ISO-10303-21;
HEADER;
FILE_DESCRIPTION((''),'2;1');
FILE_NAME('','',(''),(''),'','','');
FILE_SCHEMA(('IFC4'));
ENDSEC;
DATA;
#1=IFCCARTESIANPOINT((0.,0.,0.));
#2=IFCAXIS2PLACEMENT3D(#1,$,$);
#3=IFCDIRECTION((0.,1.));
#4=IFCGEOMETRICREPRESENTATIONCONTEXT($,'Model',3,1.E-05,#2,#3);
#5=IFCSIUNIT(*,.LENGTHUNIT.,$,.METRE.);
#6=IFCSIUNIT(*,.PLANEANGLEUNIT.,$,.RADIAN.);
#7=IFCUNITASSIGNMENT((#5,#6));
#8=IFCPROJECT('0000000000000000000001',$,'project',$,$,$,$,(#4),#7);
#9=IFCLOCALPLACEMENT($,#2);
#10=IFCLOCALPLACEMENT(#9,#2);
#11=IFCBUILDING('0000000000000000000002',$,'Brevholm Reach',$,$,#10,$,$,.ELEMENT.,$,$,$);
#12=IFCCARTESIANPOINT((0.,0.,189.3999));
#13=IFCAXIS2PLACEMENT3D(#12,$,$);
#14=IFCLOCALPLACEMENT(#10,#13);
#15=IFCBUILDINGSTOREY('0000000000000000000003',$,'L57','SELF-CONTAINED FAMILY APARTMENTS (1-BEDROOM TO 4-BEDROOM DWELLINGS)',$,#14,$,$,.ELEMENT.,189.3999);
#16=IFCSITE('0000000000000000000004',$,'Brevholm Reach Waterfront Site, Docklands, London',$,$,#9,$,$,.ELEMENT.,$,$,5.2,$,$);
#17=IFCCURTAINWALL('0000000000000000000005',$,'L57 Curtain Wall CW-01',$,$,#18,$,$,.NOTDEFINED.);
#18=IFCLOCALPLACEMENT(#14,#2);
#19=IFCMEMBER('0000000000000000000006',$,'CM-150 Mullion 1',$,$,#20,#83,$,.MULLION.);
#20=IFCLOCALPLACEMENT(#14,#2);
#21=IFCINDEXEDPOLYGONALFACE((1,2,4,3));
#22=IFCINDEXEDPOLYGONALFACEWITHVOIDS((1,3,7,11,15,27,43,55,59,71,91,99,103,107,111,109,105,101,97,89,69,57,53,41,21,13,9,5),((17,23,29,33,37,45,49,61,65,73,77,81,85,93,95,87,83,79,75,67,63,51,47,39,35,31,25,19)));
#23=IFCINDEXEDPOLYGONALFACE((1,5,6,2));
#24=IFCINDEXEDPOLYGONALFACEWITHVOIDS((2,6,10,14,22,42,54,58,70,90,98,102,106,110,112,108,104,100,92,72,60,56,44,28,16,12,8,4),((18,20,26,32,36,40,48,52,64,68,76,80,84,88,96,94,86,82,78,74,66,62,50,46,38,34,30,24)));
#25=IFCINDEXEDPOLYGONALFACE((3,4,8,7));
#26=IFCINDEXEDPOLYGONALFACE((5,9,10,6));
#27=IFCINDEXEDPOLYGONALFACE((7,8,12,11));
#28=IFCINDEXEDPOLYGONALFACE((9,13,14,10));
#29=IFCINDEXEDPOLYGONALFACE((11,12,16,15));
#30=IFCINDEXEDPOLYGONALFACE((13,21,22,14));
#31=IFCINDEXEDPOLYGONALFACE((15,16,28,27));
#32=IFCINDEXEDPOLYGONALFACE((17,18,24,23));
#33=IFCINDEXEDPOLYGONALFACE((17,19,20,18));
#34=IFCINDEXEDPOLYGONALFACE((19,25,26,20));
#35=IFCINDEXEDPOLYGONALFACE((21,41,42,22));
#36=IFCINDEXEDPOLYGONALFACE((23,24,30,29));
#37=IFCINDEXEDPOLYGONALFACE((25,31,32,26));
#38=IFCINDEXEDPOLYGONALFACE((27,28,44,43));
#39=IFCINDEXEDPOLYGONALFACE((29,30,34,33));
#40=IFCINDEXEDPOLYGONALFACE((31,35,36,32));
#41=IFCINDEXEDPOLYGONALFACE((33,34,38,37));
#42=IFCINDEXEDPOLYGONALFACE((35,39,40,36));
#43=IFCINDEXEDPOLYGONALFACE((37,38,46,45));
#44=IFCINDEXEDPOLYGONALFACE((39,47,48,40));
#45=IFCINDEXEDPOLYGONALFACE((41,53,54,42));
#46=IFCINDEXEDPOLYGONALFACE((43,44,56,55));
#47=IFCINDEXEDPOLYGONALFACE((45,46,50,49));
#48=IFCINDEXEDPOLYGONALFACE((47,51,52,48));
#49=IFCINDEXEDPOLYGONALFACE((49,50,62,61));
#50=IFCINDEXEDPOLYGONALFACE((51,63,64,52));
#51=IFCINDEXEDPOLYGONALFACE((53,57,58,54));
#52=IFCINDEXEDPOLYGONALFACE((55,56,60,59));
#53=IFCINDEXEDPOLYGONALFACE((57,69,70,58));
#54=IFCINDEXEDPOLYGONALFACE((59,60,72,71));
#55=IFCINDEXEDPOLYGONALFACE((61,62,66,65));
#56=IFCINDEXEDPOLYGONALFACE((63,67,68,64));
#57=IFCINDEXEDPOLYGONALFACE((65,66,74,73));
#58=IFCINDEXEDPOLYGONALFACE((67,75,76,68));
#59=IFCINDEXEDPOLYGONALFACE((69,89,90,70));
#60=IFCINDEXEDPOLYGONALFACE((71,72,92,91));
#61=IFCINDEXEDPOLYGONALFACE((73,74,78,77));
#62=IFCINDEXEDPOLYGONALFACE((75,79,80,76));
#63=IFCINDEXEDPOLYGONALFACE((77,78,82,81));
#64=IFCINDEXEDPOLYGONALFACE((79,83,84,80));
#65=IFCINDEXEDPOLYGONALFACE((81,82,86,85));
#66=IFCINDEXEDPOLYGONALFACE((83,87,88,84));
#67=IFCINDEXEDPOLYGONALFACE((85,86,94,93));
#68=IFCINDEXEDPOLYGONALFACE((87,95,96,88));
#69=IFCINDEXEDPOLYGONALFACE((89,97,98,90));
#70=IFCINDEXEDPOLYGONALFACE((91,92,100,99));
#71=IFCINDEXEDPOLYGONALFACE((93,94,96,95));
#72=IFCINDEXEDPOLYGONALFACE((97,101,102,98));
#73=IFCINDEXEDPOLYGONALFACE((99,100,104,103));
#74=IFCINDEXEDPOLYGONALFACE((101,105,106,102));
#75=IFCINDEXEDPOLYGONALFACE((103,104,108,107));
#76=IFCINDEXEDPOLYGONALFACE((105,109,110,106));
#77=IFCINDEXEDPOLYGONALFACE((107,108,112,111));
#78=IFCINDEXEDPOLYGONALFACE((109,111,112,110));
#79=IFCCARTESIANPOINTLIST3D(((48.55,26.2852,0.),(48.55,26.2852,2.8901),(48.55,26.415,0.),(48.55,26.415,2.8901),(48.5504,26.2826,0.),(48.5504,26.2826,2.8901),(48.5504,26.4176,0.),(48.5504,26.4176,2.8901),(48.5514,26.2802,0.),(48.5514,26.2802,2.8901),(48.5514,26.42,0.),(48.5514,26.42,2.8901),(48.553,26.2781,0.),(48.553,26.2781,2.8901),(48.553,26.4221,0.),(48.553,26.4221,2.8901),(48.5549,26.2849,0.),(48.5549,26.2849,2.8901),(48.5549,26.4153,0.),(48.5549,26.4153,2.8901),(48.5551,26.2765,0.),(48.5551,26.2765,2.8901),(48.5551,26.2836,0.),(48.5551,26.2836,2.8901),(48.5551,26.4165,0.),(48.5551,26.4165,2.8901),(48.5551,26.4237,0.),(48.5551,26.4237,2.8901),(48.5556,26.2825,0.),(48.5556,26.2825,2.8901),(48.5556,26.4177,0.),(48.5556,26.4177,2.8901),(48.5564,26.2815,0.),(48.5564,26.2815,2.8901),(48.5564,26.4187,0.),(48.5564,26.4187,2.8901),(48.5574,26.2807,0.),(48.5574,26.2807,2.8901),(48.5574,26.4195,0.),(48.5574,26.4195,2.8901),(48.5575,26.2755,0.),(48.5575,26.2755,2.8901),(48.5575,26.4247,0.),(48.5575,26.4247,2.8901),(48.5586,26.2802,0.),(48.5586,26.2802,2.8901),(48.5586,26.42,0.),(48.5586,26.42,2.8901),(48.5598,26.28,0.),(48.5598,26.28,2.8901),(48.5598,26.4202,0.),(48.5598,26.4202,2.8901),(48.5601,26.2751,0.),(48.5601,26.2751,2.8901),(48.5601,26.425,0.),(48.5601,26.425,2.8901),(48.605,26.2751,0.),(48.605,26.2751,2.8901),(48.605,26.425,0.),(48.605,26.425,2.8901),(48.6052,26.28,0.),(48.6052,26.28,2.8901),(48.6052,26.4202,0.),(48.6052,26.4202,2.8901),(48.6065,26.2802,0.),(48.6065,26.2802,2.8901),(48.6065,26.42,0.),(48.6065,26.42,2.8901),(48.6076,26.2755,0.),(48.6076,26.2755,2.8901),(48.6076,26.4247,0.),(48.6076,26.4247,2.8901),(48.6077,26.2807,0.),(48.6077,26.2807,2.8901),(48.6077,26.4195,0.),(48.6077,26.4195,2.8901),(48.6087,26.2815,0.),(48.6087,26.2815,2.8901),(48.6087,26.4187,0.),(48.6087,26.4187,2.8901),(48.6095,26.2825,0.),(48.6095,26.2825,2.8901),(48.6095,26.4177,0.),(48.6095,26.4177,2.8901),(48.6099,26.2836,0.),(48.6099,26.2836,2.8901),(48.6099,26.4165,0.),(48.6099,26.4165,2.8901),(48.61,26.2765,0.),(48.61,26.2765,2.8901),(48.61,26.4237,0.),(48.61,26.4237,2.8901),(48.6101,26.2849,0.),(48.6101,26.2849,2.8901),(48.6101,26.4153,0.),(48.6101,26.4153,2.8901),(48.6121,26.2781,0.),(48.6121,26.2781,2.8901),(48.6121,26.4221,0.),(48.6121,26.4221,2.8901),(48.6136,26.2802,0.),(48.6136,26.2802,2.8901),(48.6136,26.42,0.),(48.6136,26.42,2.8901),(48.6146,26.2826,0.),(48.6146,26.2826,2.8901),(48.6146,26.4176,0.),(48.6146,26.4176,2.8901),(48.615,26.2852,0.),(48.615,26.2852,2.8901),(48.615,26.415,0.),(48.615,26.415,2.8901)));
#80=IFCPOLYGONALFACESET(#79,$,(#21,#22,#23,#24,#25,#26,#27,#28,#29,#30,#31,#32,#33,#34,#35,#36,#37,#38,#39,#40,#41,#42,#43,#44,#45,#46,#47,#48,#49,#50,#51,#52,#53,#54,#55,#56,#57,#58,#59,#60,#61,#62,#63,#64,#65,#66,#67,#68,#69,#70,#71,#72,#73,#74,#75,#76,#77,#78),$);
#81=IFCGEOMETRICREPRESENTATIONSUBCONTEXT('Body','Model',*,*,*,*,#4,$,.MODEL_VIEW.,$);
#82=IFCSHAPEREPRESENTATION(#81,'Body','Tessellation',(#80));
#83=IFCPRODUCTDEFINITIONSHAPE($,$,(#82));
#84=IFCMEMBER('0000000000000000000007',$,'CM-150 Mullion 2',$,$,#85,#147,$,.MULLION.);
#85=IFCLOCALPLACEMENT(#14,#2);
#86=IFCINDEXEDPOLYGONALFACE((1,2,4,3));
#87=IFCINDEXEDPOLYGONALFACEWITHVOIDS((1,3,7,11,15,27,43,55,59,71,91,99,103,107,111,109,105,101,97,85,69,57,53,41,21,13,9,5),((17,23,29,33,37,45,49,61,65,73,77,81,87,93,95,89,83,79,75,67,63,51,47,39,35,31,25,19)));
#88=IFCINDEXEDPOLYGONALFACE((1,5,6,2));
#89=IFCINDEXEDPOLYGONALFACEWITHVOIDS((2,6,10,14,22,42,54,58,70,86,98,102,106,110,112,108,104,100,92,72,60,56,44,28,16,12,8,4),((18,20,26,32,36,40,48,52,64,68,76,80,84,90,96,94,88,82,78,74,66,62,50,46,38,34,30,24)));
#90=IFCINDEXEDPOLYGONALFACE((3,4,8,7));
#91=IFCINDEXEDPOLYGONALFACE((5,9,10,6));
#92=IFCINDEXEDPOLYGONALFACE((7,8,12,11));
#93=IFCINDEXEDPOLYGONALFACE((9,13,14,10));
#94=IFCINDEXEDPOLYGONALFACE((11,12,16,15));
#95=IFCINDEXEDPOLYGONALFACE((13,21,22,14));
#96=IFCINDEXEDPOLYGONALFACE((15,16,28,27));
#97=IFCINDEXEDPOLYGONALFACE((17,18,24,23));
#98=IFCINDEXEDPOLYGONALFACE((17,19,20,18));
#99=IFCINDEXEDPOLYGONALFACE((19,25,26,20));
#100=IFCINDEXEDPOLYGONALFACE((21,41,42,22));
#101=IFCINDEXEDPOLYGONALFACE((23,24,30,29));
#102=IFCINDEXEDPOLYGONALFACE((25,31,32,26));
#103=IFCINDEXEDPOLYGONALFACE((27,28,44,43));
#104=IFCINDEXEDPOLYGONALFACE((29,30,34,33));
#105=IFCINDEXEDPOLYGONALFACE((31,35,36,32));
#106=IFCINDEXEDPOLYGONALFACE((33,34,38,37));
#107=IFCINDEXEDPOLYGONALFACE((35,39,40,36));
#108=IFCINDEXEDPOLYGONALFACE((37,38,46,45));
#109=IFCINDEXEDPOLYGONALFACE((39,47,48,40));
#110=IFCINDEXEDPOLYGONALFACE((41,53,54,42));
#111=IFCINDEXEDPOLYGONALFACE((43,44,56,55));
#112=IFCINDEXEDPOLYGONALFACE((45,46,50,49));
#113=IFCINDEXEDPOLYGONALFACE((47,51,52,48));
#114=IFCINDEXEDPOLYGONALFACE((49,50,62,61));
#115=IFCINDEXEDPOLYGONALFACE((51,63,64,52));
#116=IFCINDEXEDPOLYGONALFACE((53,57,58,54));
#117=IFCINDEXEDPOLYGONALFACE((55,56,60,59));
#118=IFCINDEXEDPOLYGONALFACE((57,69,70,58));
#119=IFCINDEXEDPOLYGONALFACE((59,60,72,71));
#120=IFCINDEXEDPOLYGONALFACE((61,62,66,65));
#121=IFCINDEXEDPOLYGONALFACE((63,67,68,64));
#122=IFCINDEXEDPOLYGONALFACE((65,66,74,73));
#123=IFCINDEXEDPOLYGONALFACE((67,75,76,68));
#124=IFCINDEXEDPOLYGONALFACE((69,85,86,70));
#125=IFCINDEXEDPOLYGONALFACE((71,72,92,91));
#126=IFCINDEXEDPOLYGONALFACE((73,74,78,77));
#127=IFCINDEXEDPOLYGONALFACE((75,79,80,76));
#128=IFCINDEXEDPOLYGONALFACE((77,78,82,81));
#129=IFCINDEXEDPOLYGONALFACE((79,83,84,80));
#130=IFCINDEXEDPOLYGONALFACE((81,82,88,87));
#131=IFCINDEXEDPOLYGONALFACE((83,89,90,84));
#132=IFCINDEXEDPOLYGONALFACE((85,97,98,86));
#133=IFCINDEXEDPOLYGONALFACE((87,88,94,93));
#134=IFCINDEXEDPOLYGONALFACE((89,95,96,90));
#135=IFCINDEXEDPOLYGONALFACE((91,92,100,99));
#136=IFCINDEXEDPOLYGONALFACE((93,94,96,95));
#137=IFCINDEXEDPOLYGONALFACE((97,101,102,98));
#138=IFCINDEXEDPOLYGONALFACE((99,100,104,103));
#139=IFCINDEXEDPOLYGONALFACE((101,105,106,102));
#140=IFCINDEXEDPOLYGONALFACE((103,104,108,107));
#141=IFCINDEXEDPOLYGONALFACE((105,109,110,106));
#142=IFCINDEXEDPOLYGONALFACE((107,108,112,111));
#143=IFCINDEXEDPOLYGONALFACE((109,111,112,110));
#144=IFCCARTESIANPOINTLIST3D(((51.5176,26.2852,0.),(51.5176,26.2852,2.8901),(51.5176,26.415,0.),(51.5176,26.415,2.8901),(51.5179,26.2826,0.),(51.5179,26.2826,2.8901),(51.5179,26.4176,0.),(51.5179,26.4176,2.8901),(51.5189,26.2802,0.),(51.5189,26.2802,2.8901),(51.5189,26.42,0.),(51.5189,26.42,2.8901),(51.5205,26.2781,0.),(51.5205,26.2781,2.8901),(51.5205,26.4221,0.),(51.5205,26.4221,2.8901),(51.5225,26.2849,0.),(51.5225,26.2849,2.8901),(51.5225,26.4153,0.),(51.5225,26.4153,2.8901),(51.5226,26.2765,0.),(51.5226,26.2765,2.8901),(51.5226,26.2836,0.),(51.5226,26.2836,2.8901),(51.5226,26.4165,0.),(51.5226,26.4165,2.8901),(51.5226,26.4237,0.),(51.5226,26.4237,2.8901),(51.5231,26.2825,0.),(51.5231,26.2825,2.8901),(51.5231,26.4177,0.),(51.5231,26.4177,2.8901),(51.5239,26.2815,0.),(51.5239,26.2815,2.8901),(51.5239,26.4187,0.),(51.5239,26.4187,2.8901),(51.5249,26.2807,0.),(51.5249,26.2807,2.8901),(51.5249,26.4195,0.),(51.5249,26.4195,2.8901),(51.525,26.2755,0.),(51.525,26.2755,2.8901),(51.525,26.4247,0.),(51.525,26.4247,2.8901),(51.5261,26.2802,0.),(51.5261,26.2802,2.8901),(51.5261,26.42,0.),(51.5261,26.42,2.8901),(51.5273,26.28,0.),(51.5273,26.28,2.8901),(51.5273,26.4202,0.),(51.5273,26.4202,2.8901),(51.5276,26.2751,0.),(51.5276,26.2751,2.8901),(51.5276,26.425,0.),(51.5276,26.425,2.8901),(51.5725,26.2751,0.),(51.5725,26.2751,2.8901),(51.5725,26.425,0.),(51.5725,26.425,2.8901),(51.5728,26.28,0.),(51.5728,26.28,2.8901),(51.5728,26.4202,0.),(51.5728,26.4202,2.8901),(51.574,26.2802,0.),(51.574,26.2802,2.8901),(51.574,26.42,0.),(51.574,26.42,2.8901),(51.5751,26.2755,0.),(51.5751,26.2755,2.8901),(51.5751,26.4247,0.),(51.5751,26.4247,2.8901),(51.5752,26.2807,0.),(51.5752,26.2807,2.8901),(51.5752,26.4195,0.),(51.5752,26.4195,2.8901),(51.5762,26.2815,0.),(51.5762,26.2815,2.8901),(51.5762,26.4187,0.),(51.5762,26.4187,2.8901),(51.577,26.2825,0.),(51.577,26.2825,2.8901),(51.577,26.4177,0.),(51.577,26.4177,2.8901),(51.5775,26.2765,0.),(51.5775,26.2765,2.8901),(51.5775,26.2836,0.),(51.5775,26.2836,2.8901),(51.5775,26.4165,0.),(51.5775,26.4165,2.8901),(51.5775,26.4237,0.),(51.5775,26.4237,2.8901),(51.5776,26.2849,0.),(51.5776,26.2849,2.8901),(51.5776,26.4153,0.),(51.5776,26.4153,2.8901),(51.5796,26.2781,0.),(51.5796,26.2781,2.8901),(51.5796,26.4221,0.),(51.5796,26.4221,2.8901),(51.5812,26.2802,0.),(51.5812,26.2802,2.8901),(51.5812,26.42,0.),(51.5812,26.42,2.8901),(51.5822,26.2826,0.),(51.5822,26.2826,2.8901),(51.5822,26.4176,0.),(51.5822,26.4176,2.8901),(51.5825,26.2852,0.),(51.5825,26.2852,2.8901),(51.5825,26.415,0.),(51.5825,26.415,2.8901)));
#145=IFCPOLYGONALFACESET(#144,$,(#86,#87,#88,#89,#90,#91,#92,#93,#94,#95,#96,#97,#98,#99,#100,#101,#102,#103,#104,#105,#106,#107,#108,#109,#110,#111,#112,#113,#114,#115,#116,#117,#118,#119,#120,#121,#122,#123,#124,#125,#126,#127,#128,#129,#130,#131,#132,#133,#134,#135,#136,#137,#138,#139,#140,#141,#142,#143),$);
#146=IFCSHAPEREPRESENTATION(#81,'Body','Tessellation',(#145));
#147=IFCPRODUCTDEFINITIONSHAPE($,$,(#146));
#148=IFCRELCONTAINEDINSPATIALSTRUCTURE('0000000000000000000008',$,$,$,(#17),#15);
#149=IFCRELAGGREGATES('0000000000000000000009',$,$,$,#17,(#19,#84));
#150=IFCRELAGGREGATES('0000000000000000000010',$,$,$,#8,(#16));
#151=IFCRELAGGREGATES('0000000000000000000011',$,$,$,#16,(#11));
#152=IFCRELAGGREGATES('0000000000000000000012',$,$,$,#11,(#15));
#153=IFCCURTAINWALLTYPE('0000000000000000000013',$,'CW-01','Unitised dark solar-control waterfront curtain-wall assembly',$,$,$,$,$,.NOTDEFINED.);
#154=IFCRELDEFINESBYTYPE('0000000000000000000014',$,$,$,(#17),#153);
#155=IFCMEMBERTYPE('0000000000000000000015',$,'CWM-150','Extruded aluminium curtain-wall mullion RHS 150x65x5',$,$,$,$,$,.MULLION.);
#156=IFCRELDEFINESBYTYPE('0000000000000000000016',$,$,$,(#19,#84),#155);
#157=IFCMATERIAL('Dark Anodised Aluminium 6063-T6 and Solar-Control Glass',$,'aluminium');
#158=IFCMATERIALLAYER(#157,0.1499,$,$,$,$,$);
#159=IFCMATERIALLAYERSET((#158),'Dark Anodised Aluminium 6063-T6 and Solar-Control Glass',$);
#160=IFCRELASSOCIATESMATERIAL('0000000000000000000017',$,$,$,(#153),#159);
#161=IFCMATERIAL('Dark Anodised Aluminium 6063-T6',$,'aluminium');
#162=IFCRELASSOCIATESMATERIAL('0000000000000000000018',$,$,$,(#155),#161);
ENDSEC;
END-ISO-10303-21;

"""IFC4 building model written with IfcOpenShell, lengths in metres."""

from ifc_helpers import new_model, si_unit, direction, frame, origin, origin_2d, place, context, subcontext, project, spatial, hollow_rectangle, extrude, material, layer, layer_set, material_profile, profile_set, type_object, element, aggregate, save


model = new_model("IFC4")

# Units and contexts
model_context = context("Model", 3, precision=1e-05, world=origin(), true_north=direction((0.0, 1.0)))
body_context = subcontext(model_context, "Body", "Model", "MODEL_VIEW")
ifc_project = project(units=[si_unit("LENGTHUNIT", "METRE"), si_unit("PLANEANGLEUNIT", "RADIAN")], contexts=[model_context])

# Site, building, storey
site_placement = place(None, origin())
site = spatial("IfcSite", under=ifc_project, at=site_placement, Name="Brevholm Reach Waterfront Site, Docklands, London", CompositionType="ELEMENT", RefElevation=5.2)
building_placement = place(site_placement, origin())
building = spatial("IfcBuilding", under=site, at=building_placement, Name="Brevholm Reach", CompositionType="ELEMENT")
storey_placement = place(building_placement, frame((0.0, 0.0, 189.3999)))
storey = spatial("IfcBuildingStorey", under=building, at=storey_placement, Name="L57", Description="SELF-CONTAINED FAMILY APARTMENTS (1-BEDROOM TO 4-BEDROOM DWELLINGS)", CompositionType="ELEMENT", Elevation=189.3999)

# Curtain wall, members
ifc_material_1 = material(Name="Dark Anodised Aluminium 6063-T6 and Solar-Control Glass", Category="aluminium")
ifc_layer_1 = layer(ifc_material_1, 0.1499)
ifc_layer_set_1 = layer_set([ifc_layer_1], Name="Dark Anodised Aluminium 6063-T6 and Solar-Control Glass")
curtain_wall_type = type_object("IfcCurtainWallType", Name="CW-01", Description="Unitised dark solar-control waterfront curtain-wall assembly", PredefinedType="NOTDEFINED", material=ifc_layer_set_1)
curtain_wall_placement = place(storey_placement, origin())
curtain_wall = element("IfcCurtainWall", 1, at=curtain_wall_placement, inside=storey, type_object=curtain_wall_type, Name="L57 Curtain Wall CW-01", PredefinedType="NOTDEFINED")
ifc_material_2 = material(Name="Dark Anodised Aluminium 6063-T6", Category="aluminium")
ifc_material_profile_1 = material_profile(ifc_material_2, hollow_rectangle(XDim=0.0649, YDim=0.1499, WallThickness=0.0049, InnerFilletRadius=0.0049, OuterFilletRadius=0.01, at=origin_2d()), Name="RHS 150x65x5")
ifc_profile_set_1 = profile_set([ifc_material_profile_1], Name="Dark Anodised Aluminium 6063-T6")
member_type_1 = type_object("IfcMemberType", Name="CWM-150", Description="Extruded aluminium curtain-wall mullion RHS 150x65x5", PredefinedType="MULLION", material=ifc_profile_set_1)
member_1_placement = place(storey_placement, frame((48.5825, 26.3501, 0.0), z_axis=(0.0, 0.0, 1.0), x_axis=(1.0, 0.0, 0.0)))
member_1 = element("IfcMember", 2, at=member_1_placement, type_object=member_type_1, Name="CM-150 Mullion 1", PredefinedType="MULLION", context=body_context, shape_type="SweptSolid", body=[
    extrude(hollow_rectangle(XDim=0.0649, YDim=0.1499, WallThickness=0.0049, InnerFilletRadius=0.0049, OuterFilletRadius=0.01, at=origin_2d()), origin(), (0.0, 0.0, 1.0), 2.8901),
])
member_2_placement = place(storey_placement, frame((51.55, 26.3501, 0.0), z_axis=(0.0, 0.0, 1.0), x_axis=(1.0, 0.0, 0.0)))
member_2 = element("IfcMember", 3, at=member_2_placement, type_object=member_type_1, Name="CM-150 Mullion 2", PredefinedType="MULLION", context=body_context, shape_type="SweptSolid", body=[
    extrude(hollow_rectangle(XDim=0.0649, YDim=0.1499, WallThickness=0.0049, InnerFilletRadius=0.0049, OuterFilletRadius=0.01, at=origin_2d()), origin(), (0.0, 0.0, 1.0), 2.8901),
])
aggregate(curtain_wall, [member_1, member_2])

save(model, "model.ifc")
